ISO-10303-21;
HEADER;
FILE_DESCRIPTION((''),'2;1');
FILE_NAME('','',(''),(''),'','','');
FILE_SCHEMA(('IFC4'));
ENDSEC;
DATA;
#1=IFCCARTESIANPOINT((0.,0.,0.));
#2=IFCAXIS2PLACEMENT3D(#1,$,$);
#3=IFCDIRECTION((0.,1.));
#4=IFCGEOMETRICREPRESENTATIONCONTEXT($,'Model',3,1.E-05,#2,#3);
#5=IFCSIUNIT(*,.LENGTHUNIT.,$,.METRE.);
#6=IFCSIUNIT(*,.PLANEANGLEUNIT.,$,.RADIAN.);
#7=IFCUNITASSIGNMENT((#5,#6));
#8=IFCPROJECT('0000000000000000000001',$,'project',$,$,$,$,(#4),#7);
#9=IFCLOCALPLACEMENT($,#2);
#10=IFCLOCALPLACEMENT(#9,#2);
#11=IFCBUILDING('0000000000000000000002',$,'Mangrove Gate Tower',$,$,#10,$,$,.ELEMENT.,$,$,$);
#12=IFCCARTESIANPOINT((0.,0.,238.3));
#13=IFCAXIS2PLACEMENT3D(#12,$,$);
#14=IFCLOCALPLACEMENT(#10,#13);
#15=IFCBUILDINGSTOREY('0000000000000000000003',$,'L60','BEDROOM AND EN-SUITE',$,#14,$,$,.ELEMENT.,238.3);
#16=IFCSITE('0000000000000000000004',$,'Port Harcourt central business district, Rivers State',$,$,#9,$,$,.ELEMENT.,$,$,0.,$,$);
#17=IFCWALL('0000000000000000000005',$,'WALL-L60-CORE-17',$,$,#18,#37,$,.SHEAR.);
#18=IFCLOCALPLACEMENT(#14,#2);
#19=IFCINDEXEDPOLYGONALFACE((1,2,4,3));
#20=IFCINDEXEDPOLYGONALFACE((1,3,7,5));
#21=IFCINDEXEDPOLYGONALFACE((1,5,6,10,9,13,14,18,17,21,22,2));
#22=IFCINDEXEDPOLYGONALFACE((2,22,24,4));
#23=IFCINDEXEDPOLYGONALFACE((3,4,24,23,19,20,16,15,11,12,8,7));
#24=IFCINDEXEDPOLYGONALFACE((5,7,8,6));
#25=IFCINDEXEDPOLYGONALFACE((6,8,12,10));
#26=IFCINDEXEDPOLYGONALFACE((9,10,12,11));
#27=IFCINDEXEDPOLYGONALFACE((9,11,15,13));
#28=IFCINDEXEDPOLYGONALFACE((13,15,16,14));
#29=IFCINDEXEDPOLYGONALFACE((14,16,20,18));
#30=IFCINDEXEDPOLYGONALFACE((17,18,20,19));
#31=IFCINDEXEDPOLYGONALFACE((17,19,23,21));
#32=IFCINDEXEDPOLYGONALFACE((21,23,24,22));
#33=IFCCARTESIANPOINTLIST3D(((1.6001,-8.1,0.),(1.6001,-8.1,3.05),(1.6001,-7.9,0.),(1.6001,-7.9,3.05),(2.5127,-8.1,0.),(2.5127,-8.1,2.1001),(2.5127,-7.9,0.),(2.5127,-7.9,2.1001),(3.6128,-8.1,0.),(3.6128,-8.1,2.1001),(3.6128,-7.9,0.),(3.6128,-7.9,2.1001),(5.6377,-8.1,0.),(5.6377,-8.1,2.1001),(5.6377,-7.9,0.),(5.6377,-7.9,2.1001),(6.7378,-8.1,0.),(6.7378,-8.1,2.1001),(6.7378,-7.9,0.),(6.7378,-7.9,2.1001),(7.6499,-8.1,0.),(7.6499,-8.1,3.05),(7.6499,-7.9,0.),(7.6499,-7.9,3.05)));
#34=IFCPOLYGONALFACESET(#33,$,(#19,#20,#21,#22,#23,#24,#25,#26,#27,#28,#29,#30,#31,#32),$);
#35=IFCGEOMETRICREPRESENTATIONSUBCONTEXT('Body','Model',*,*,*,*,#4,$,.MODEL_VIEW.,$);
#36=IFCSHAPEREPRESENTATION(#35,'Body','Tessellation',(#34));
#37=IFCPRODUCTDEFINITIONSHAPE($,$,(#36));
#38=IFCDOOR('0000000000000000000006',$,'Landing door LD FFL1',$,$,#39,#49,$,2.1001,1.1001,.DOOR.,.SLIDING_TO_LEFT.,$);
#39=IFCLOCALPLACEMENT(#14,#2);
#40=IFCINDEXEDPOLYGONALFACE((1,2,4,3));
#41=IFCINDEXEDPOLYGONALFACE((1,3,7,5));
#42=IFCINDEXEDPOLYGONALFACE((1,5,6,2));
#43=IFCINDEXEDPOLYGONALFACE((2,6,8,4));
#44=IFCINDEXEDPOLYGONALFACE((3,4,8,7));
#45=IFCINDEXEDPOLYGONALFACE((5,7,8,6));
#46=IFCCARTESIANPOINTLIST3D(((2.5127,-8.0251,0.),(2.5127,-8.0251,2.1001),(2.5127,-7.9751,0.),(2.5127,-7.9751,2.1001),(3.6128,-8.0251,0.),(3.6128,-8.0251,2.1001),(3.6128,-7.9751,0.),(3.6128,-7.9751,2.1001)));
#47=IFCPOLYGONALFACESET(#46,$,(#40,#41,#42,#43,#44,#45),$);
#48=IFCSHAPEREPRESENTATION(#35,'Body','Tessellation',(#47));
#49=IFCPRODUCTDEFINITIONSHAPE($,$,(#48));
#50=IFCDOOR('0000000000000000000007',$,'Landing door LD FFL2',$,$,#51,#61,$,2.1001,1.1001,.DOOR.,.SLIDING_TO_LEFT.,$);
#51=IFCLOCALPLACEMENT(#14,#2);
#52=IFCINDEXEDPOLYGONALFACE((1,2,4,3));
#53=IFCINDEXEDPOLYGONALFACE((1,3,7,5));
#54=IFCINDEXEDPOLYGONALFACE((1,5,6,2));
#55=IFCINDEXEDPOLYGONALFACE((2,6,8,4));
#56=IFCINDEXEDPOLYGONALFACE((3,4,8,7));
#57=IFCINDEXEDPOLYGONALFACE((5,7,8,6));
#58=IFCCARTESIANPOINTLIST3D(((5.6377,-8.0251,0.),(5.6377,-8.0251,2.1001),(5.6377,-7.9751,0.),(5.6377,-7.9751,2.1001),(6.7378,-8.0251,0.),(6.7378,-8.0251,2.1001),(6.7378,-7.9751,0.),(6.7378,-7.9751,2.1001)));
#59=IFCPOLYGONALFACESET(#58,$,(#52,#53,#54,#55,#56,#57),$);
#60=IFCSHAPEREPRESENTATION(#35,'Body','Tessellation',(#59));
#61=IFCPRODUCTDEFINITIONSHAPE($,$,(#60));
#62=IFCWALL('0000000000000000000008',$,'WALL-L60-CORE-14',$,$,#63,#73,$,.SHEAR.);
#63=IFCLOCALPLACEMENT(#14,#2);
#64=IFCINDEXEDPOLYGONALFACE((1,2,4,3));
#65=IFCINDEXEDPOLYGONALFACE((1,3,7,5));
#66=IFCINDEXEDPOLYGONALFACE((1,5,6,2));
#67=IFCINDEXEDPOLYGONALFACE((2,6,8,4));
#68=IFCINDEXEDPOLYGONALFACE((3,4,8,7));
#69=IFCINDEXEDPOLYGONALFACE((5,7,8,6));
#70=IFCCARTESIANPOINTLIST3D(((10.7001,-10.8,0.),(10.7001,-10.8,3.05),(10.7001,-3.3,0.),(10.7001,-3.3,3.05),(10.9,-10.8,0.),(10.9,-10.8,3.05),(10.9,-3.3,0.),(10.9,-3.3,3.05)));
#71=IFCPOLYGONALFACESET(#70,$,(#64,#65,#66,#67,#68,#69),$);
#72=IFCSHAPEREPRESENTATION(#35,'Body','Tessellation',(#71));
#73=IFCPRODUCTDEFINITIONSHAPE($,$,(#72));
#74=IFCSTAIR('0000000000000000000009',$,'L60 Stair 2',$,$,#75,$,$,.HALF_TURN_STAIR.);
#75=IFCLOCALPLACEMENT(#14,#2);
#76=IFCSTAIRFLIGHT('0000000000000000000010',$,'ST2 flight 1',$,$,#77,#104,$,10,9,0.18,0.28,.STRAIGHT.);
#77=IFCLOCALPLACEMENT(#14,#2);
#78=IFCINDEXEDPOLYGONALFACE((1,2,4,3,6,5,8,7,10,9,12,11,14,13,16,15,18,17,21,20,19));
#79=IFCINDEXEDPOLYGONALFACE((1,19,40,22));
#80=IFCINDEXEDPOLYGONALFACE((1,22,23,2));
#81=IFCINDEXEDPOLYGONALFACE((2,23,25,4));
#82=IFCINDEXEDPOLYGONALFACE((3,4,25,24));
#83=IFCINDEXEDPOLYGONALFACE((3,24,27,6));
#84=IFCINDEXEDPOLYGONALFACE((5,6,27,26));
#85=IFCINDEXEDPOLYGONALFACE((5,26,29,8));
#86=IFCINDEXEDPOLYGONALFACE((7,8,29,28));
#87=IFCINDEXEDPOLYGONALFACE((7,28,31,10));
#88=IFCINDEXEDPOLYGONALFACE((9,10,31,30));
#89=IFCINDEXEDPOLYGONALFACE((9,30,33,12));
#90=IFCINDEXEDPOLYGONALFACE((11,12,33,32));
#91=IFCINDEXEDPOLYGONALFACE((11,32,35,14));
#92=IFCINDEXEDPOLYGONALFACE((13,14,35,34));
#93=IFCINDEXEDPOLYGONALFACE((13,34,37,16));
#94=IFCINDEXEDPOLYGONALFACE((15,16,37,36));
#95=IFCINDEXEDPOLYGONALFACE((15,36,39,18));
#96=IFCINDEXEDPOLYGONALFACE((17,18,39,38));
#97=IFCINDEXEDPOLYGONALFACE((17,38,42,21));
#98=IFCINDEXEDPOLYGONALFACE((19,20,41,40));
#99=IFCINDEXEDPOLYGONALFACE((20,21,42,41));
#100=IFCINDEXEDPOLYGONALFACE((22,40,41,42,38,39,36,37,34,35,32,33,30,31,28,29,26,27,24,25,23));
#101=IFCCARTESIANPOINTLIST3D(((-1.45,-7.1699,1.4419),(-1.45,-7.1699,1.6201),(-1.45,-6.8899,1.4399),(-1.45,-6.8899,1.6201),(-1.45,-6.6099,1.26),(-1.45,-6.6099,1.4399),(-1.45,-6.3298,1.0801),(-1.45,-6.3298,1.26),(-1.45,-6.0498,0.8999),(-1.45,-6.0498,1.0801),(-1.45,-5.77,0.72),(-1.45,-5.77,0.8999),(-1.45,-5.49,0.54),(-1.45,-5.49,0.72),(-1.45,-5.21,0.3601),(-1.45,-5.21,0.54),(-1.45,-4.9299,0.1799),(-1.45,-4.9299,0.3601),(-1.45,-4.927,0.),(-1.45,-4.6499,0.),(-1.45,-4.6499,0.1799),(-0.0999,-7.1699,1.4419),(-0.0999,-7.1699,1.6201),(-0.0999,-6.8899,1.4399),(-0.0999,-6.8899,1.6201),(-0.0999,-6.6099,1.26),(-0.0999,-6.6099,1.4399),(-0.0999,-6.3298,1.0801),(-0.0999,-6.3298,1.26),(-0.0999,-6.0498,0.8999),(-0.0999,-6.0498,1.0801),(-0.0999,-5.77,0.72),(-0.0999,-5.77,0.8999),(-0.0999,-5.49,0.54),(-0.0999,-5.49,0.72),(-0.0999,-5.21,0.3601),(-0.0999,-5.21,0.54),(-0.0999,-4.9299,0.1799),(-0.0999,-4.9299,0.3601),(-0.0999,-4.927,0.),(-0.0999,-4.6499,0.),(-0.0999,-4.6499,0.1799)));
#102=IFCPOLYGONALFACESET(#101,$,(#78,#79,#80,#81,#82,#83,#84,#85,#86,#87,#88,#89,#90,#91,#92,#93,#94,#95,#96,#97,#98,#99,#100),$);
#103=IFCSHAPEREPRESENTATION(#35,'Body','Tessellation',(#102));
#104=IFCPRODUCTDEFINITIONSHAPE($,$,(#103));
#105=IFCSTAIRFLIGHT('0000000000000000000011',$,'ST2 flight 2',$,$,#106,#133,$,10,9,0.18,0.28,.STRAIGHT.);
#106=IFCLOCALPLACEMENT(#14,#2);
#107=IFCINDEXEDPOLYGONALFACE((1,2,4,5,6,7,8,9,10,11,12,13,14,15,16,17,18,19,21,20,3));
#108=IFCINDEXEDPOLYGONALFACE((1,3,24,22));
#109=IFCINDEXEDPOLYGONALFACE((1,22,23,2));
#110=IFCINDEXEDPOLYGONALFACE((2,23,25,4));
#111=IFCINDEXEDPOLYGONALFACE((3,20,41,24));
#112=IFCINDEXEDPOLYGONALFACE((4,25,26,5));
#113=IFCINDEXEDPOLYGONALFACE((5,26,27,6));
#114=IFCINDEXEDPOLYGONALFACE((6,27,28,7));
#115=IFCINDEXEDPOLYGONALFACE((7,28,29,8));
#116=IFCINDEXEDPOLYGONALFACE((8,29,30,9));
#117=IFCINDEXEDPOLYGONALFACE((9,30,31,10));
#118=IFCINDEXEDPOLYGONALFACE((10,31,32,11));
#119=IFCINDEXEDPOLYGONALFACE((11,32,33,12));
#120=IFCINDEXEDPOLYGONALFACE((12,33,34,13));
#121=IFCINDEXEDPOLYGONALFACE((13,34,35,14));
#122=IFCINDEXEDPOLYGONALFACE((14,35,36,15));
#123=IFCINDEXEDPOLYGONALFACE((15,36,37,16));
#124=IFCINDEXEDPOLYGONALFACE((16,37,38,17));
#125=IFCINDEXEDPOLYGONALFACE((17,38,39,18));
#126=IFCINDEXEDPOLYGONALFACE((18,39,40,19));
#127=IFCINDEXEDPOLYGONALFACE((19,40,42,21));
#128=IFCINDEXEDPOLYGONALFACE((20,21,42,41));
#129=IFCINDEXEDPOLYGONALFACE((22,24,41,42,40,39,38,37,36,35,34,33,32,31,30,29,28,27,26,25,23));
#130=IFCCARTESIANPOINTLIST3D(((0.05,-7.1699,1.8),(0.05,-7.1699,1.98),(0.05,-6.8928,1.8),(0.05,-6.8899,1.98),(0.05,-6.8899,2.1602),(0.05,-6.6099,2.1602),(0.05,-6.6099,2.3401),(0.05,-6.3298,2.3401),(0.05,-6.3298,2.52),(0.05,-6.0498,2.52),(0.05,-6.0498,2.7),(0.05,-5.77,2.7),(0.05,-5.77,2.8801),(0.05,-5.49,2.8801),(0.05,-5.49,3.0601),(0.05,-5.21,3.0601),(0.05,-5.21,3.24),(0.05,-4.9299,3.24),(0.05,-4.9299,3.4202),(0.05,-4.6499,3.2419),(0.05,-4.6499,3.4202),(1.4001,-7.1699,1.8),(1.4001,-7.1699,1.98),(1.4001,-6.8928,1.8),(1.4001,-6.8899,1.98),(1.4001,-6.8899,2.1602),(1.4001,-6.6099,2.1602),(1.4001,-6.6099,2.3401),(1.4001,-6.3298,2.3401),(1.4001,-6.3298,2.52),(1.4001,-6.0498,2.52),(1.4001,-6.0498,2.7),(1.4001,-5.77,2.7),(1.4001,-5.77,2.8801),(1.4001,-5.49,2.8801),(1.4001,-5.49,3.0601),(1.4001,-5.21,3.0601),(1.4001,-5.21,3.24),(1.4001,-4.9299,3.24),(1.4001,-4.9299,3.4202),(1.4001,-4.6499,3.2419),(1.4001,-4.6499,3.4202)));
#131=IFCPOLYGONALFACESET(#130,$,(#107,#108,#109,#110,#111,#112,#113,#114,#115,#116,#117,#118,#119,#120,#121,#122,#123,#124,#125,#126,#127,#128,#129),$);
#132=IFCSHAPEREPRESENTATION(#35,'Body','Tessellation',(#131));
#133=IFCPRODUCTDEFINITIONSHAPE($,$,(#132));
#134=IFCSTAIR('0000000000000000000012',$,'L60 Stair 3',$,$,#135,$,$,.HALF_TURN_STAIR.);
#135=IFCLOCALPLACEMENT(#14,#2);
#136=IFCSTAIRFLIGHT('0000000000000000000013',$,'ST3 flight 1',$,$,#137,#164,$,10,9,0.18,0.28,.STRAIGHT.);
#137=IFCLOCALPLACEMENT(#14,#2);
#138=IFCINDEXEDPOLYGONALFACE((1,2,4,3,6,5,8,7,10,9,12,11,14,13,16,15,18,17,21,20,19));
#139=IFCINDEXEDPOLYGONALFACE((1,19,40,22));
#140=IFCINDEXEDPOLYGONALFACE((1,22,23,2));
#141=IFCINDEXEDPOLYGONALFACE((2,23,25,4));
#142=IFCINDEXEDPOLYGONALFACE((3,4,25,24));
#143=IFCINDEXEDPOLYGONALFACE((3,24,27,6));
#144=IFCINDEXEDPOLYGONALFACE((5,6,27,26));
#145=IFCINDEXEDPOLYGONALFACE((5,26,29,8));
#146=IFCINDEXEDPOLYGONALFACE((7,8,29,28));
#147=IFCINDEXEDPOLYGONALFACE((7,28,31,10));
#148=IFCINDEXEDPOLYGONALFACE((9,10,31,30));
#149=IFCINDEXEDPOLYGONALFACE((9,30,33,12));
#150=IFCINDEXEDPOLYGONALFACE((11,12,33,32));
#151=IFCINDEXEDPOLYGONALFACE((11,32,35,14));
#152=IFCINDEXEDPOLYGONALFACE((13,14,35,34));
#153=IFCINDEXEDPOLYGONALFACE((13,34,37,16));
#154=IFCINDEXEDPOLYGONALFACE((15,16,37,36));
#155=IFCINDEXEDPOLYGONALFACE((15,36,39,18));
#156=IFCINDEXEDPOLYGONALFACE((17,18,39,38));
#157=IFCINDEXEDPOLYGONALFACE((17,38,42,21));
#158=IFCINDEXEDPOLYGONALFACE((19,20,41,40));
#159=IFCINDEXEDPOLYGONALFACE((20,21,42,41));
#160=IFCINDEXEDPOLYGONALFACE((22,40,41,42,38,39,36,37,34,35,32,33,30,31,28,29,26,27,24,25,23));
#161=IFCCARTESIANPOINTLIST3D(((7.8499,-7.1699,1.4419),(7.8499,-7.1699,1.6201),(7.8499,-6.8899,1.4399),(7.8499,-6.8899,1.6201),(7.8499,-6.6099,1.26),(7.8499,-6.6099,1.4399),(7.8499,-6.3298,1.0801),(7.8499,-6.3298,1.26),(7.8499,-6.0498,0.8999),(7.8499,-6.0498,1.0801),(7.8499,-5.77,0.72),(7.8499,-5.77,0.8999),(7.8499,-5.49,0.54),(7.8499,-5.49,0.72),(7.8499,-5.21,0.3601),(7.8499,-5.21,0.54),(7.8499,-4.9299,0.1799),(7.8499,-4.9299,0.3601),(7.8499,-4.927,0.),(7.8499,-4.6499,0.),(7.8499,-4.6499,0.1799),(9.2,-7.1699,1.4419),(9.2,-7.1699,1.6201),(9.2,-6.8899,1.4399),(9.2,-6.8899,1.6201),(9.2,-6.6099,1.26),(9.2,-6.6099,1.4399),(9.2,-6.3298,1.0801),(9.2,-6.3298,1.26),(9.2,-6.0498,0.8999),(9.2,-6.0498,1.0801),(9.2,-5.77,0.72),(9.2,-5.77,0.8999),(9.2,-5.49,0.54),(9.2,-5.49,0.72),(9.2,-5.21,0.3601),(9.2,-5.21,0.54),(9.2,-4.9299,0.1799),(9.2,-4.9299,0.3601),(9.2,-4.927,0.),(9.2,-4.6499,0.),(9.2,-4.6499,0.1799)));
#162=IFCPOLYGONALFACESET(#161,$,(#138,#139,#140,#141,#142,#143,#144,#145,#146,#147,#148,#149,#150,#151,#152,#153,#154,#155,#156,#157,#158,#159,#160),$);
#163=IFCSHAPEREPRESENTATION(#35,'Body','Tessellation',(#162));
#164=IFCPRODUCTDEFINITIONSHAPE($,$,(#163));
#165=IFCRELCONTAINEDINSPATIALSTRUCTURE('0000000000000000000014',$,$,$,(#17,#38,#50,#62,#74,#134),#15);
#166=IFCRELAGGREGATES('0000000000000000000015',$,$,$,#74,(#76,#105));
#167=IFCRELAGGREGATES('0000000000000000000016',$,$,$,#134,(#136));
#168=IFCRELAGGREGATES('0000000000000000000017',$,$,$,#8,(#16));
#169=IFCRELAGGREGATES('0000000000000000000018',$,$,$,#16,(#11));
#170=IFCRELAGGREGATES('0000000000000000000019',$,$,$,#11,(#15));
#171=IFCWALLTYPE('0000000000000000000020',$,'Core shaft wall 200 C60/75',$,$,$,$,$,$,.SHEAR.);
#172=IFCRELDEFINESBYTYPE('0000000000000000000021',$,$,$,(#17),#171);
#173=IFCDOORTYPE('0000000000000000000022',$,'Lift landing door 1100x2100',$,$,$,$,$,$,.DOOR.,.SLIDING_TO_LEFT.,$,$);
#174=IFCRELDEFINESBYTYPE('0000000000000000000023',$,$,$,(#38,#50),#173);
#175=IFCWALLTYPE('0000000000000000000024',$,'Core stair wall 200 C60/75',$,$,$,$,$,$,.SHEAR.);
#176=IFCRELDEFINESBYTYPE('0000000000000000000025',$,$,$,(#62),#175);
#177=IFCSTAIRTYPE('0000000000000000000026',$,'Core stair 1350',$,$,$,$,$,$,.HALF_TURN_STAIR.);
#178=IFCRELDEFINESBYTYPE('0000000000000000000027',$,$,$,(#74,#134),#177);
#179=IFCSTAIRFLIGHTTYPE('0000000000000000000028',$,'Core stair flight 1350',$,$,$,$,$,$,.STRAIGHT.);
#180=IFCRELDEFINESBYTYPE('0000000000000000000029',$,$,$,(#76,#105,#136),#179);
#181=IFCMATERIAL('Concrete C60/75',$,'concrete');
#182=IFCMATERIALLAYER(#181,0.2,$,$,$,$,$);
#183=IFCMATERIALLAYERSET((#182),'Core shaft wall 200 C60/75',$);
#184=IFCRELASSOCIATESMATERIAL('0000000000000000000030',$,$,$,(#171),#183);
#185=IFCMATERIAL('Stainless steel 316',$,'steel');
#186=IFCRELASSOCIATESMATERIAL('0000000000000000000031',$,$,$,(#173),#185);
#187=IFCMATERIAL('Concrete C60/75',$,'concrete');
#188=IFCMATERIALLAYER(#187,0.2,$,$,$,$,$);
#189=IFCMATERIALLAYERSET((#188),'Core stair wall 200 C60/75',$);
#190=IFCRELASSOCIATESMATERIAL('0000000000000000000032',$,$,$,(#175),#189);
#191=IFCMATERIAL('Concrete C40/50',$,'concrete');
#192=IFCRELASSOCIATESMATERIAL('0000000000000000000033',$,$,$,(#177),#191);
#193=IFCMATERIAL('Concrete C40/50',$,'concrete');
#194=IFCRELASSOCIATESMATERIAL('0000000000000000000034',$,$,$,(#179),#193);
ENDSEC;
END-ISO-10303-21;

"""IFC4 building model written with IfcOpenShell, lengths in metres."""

from ifc_helpers import new_model, si_unit, direction, frame, frame_2d, origin, place, context, subcontext, project, spatial, polyline, rectangle, outline, extrude, material, layer, layer_set, type_object, element, fill, aggregate, save


model = new_model("IFC4")

# Units and contexts
model_context = context("Model", 3, precision=1e-05, world=origin(), true_north=direction((0.0, 1.0)))
body_context = subcontext(model_context, "Body", "Model", "MODEL_VIEW")
ifc_project = project(units=[si_unit("LENGTHUNIT", "METRE"), si_unit("PLANEANGLEUNIT", "RADIAN")], contexts=[model_context])

# Site, building, storey
site_placement = place(None, origin())
site = spatial("IfcSite", under=ifc_project, at=site_placement, Name="Port Harcourt central business district, Rivers State", CompositionType="ELEMENT", RefElevation=0.0)
building_placement = place(site_placement, origin())
building = spatial("IfcBuilding", under=site, at=building_placement, Name="Mangrove Gate Tower", CompositionType="ELEMENT")
storey_placement = place(building_placement, frame((0.0, 0.0, 238.3)))
storey = spatial("IfcBuildingStorey", under=building, at=storey_placement, Name="L60", Description="BEDROOM AND EN-SUITE", CompositionType="ELEMENT", Elevation=238.3)

# Wall, openings, doors
ifc_material_1 = material(Name="Concrete C60/75", Category="concrete")
ifc_layer_1 = layer(ifc_material_1, 0.2)
ifc_layer_set_1 = layer_set([ifc_layer_1], Name="Core shaft wall 200 C60/75")
wall_type_1 = type_object("IfcWallType", Name="Core shaft wall 200 C60/75", PredefinedType="SHEAR", material=ifc_layer_set_1)
wall_1_placement = place(storey_placement, frame((1.6001, -8.0, 0.0), z_axis=(0.0, 0.0, 1.0), x_axis=(1.0, 0.0, 0.0)))
wall_1 = element("IfcWall", 1, at=wall_1_placement, inside=storey, type_object=wall_type_1, Name="WALL-L60-CORE-17", PredefinedType="SHEAR", context=body_context, shape_type="SweptSolid", body=[
    extrude(rectangle(XDim=6.0498, YDim=0.2, at=frame_2d((3.0249, 0.0))), origin(), (0.0, 0.0, 1.0), 3.05),
])
opening_1_placement = place(wall_1_placement, frame((0.9126, 0.0, 0.0)))
opening_1 = element("IfcOpeningElement", 2, at=opening_1_placement, cuts=wall_1, PredefinedType="OPENING", context=body_context, shape_type="SweptSolid", body=[
    extrude(rectangle(XDim=1.1001, YDim=2.1001, at=frame_2d((0.55, 1.05))), frame((0.0, 0.1099, 0.0), z_axis=(0.0, -1.0, 0.0), x_axis=(1.0, 0.0, 0.0)), (0.0, 0.0, 1.0), 0.22),
])
opening_2_placement = place(wall_1_placement, frame((4.0376, 0.0, 0.0)))
opening_2 = element("IfcOpeningElement", 3, at=opening_2_placement, cuts=wall_1, PredefinedType="OPENING", context=body_context, shape_type="SweptSolid", body=[
    extrude(rectangle(XDim=1.1001, YDim=2.1001, at=frame_2d((0.55, 1.05))), frame((0.0, 0.1099, 0.0), z_axis=(0.0, -1.0, 0.0), x_axis=(1.0, 0.0, 0.0)), (0.0, 0.0, 1.0), 0.22),
])
ifc_material_2 = material(Name="Stainless steel 316", Category="steel")
door_type = type_object("IfcDoorType", Name="Lift landing door 1100x2100", OperationType="SLIDING_TO_LEFT", PredefinedType="DOOR", material=ifc_material_2)
door_1_placement = place(opening_1_placement, origin())
door_1 = element("IfcDoor", 4, at=door_1_placement, inside=storey, type_object=door_type, Name="Landing door LD FFL1", OperationType="SLIDING_TO_LEFT", OverallHeight=2.1001, OverallWidth=1.1001, PredefinedType="DOOR", context=body_context, shape_type="SweptSolid", body=[
    extrude(rectangle(XDim=1.1001, YDim=2.1001, at=frame_2d((0.55, 1.05))), frame((0.0, 0.0249, 0.0), z_axis=(0.0, -1.0, 0.0), x_axis=(1.0, 0.0, 0.0)), (0.0, 0.0, 1.0), 0.05),
])
fill(opening_1, door_1)
door_2_placement = place(opening_2_placement, origin())
door_2 = element("IfcDoor", 5, at=door_2_placement, inside=storey, type_object=door_type, Name="Landing door LD FFL2", OperationType="SLIDING_TO_LEFT", OverallHeight=2.1001, OverallWidth=1.1001, PredefinedType="DOOR", context=body_context, shape_type="SweptSolid", body=[
    extrude(rectangle(XDim=1.1001, YDim=2.1001, at=frame_2d((0.55, 1.05))), frame((0.0, 0.0249, 0.0), z_axis=(0.0, -1.0, 0.0), x_axis=(1.0, 0.0, 0.0)), (0.0, 0.0, 1.0), 0.05),
])
fill(opening_2, door_2)

# Wall
ifc_material_3 = material(Name="Concrete C60/75", Category="concrete")
ifc_layer_2 = layer(ifc_material_3, 0.2)
ifc_layer_set_2 = layer_set([ifc_layer_2], Name="Core stair wall 200 C60/75")
wall_type_2 = type_object("IfcWallType", Name="Core stair wall 200 C60/75", PredefinedType="SHEAR", material=ifc_layer_set_2)
wall_2_placement = place(storey_placement, frame((10.8, -10.8, 0.0), z_axis=(0.0, 0.0, 1.0), x_axis=(0.0, 1.0, 0.0)))
element("IfcWall", 6, at=wall_2_placement, inside=storey, type_object=wall_type_2, Name="WALL-L60-CORE-14", PredefinedType="SHEAR", context=body_context, shape_type="SweptSolid", body=[
    extrude(rectangle(XDim=7.5, YDim=0.2, at=frame_2d((3.75, 0.0))), origin(), (0.0, 0.0, 1.0), 3.05),
])

# Stairs, stair flights
ifc_material_4 = material(Name="Concrete C40/50", Category="concrete")
stair_type = type_object("IfcStairType", Name="Core stair 1350", PredefinedType="HALF_TURN_STAIR", material=ifc_material_4)
stair_1_placement = place(storey_placement, origin())
stair_1 = element("IfcStair", 7, at=stair_1_placement, inside=storey, type_object=stair_type, Name="L60 Stair 2", PredefinedType="HALF_TURN_STAIR")
ifc_material_5 = material(Name="Concrete C40/50", Category="concrete")
stair_flight_type = type_object("IfcStairFlightType", Name="Core stair flight 1350", PredefinedType="STRAIGHT", material=ifc_material_5)
stair_flight_1_placement = place(storey_placement, frame((-0.7749, -4.6499, 0.0), z_axis=(0.0, 0.0, 1.0), x_axis=(0.0, -1.0, 0.0)))
stair_flight_1 = element("IfcStairFlight", 8, at=stair_flight_1_placement, type_object=stair_flight_type, Name="ST2 flight 1", NumberOfRisers=10, NumberOfTreads=9, PredefinedType="STRAIGHT", RiserHeight=0.18, TreadLength=0.28, context=body_context, shape_type="SweptSolid", body=[
    extrude(outline(polyline([(0.0, 0.0), (0.0, 0.1799), (0.28, 0.1799), (0.28, 0.3601), (0.5601, 0.3601), (0.5601, 0.54), (0.8401, 0.54), (0.8401, 0.72), (1.1201, 0.72), (1.1201, 0.8999), (1.3999, 0.8999), (1.3999, 1.0801), (1.6799, 1.0801), (1.6799, 1.26), (1.96, 1.26), (1.96, 1.4399), (2.24, 1.4399), (2.24, 1.6201), (2.52, 1.6201), (2.52, 1.8), (2.52, 1.4419), (0.2771, 0.0), (0.0, 0.0)])), frame((0.0, 0.675, 0.0), z_axis=(0.0, -1.0, 0.0), x_axis=(1.0, 0.0, 0.0)), (0.0, 0.0, 1.0), 1.3501),
])
stair_flight_2_placement = place(storey_placement, frame((0.7251, -7.1699, 1.8), z_axis=(0.0, 0.0, 1.0), x_axis=(0.0, 1.0, 0.0)))
stair_flight_2 = element("IfcStairFlight", 9, at=stair_flight_2_placement, type_object=stair_flight_type, Name="ST2 flight 2", NumberOfRisers=10, NumberOfTreads=9, PredefinedType="STRAIGHT", RiserHeight=0.18, TreadLength=0.28, context=body_context, shape_type="SweptSolid", body=[
    extrude(outline(polyline([(0.0, 0.0), (0.0, 0.1799), (0.28, 0.1799), (0.28, 0.3601), (0.5601, 0.3601), (0.5601, 0.54), (0.8401, 0.54), (0.8401, 0.72), (1.1201, 0.72), (1.1201, 0.8999), (1.3999, 0.8999), (1.3999, 1.0801), (1.6799, 1.0801), (1.6799, 1.26), (1.96, 1.26), (1.96, 1.4399), (2.24, 1.4399), (2.24, 1.6201), (2.52, 1.6201), (2.52, 1.8), (2.52, 1.4419), (0.2771, 0.0), (0.0, 0.0)])), frame((0.0, 0.675, 0.0), z_axis=(0.0, -1.0, 0.0), x_axis=(1.0, 0.0, 0.0)), (0.0, 0.0, 1.0), 1.3501),
])
aggregate(stair_1, [stair_flight_1, stair_flight_2])
stair_2_placement = place(storey_placement, origin())
stair_2 = element("IfcStair", 10, at=stair_2_placement, inside=storey, type_object=stair_type, Name="L60 Stair 3", PredefinedType="HALF_TURN_STAIR")
stair_flight_3_placement = place(storey_placement, frame((8.5249, -4.6499, 0.0), z_axis=(0.0, 0.0, 1.0), x_axis=(0.0, -1.0, 0.0)))
stair_flight_3 = element("IfcStairFlight", 11, at=stair_flight_3_placement, type_object=stair_flight_type, Name="ST3 flight 1", NumberOfRisers=10, NumberOfTreads=9, PredefinedType="STRAIGHT", RiserHeight=0.18, TreadLength=0.28, context=body_context, shape_type="SweptSolid", body=[
    extrude(outline(polyline([(0.0, 0.0), (0.0, 0.1799), (0.28, 0.1799), (0.28, 0.3601), (0.5601, 0.3601), (0.5601, 0.54), (0.8401, 0.54), (0.8401, 0.72), (1.1201, 0.72), (1.1201, 0.8999), (1.3999, 0.8999), (1.3999, 1.0801), (1.6799, 1.0801), (1.6799, 1.26), (1.96, 1.26), (1.96, 1.4399), (2.24, 1.4399), (2.24, 1.6201), (2.52, 1.6201), (2.52, 1.8), (2.52, 1.4419), (0.2771, 0.0), (0.0, 0.0)])), frame((0.0, 0.675, 0.0), z_axis=(0.0, -1.0, 0.0), x_axis=(1.0, 0.0, 0.0)), (0.0, 0.0, 1.0), 1.3501),
])
aggregate(stair_2, [stair_flight_3])

save(model, "model.ifc")
